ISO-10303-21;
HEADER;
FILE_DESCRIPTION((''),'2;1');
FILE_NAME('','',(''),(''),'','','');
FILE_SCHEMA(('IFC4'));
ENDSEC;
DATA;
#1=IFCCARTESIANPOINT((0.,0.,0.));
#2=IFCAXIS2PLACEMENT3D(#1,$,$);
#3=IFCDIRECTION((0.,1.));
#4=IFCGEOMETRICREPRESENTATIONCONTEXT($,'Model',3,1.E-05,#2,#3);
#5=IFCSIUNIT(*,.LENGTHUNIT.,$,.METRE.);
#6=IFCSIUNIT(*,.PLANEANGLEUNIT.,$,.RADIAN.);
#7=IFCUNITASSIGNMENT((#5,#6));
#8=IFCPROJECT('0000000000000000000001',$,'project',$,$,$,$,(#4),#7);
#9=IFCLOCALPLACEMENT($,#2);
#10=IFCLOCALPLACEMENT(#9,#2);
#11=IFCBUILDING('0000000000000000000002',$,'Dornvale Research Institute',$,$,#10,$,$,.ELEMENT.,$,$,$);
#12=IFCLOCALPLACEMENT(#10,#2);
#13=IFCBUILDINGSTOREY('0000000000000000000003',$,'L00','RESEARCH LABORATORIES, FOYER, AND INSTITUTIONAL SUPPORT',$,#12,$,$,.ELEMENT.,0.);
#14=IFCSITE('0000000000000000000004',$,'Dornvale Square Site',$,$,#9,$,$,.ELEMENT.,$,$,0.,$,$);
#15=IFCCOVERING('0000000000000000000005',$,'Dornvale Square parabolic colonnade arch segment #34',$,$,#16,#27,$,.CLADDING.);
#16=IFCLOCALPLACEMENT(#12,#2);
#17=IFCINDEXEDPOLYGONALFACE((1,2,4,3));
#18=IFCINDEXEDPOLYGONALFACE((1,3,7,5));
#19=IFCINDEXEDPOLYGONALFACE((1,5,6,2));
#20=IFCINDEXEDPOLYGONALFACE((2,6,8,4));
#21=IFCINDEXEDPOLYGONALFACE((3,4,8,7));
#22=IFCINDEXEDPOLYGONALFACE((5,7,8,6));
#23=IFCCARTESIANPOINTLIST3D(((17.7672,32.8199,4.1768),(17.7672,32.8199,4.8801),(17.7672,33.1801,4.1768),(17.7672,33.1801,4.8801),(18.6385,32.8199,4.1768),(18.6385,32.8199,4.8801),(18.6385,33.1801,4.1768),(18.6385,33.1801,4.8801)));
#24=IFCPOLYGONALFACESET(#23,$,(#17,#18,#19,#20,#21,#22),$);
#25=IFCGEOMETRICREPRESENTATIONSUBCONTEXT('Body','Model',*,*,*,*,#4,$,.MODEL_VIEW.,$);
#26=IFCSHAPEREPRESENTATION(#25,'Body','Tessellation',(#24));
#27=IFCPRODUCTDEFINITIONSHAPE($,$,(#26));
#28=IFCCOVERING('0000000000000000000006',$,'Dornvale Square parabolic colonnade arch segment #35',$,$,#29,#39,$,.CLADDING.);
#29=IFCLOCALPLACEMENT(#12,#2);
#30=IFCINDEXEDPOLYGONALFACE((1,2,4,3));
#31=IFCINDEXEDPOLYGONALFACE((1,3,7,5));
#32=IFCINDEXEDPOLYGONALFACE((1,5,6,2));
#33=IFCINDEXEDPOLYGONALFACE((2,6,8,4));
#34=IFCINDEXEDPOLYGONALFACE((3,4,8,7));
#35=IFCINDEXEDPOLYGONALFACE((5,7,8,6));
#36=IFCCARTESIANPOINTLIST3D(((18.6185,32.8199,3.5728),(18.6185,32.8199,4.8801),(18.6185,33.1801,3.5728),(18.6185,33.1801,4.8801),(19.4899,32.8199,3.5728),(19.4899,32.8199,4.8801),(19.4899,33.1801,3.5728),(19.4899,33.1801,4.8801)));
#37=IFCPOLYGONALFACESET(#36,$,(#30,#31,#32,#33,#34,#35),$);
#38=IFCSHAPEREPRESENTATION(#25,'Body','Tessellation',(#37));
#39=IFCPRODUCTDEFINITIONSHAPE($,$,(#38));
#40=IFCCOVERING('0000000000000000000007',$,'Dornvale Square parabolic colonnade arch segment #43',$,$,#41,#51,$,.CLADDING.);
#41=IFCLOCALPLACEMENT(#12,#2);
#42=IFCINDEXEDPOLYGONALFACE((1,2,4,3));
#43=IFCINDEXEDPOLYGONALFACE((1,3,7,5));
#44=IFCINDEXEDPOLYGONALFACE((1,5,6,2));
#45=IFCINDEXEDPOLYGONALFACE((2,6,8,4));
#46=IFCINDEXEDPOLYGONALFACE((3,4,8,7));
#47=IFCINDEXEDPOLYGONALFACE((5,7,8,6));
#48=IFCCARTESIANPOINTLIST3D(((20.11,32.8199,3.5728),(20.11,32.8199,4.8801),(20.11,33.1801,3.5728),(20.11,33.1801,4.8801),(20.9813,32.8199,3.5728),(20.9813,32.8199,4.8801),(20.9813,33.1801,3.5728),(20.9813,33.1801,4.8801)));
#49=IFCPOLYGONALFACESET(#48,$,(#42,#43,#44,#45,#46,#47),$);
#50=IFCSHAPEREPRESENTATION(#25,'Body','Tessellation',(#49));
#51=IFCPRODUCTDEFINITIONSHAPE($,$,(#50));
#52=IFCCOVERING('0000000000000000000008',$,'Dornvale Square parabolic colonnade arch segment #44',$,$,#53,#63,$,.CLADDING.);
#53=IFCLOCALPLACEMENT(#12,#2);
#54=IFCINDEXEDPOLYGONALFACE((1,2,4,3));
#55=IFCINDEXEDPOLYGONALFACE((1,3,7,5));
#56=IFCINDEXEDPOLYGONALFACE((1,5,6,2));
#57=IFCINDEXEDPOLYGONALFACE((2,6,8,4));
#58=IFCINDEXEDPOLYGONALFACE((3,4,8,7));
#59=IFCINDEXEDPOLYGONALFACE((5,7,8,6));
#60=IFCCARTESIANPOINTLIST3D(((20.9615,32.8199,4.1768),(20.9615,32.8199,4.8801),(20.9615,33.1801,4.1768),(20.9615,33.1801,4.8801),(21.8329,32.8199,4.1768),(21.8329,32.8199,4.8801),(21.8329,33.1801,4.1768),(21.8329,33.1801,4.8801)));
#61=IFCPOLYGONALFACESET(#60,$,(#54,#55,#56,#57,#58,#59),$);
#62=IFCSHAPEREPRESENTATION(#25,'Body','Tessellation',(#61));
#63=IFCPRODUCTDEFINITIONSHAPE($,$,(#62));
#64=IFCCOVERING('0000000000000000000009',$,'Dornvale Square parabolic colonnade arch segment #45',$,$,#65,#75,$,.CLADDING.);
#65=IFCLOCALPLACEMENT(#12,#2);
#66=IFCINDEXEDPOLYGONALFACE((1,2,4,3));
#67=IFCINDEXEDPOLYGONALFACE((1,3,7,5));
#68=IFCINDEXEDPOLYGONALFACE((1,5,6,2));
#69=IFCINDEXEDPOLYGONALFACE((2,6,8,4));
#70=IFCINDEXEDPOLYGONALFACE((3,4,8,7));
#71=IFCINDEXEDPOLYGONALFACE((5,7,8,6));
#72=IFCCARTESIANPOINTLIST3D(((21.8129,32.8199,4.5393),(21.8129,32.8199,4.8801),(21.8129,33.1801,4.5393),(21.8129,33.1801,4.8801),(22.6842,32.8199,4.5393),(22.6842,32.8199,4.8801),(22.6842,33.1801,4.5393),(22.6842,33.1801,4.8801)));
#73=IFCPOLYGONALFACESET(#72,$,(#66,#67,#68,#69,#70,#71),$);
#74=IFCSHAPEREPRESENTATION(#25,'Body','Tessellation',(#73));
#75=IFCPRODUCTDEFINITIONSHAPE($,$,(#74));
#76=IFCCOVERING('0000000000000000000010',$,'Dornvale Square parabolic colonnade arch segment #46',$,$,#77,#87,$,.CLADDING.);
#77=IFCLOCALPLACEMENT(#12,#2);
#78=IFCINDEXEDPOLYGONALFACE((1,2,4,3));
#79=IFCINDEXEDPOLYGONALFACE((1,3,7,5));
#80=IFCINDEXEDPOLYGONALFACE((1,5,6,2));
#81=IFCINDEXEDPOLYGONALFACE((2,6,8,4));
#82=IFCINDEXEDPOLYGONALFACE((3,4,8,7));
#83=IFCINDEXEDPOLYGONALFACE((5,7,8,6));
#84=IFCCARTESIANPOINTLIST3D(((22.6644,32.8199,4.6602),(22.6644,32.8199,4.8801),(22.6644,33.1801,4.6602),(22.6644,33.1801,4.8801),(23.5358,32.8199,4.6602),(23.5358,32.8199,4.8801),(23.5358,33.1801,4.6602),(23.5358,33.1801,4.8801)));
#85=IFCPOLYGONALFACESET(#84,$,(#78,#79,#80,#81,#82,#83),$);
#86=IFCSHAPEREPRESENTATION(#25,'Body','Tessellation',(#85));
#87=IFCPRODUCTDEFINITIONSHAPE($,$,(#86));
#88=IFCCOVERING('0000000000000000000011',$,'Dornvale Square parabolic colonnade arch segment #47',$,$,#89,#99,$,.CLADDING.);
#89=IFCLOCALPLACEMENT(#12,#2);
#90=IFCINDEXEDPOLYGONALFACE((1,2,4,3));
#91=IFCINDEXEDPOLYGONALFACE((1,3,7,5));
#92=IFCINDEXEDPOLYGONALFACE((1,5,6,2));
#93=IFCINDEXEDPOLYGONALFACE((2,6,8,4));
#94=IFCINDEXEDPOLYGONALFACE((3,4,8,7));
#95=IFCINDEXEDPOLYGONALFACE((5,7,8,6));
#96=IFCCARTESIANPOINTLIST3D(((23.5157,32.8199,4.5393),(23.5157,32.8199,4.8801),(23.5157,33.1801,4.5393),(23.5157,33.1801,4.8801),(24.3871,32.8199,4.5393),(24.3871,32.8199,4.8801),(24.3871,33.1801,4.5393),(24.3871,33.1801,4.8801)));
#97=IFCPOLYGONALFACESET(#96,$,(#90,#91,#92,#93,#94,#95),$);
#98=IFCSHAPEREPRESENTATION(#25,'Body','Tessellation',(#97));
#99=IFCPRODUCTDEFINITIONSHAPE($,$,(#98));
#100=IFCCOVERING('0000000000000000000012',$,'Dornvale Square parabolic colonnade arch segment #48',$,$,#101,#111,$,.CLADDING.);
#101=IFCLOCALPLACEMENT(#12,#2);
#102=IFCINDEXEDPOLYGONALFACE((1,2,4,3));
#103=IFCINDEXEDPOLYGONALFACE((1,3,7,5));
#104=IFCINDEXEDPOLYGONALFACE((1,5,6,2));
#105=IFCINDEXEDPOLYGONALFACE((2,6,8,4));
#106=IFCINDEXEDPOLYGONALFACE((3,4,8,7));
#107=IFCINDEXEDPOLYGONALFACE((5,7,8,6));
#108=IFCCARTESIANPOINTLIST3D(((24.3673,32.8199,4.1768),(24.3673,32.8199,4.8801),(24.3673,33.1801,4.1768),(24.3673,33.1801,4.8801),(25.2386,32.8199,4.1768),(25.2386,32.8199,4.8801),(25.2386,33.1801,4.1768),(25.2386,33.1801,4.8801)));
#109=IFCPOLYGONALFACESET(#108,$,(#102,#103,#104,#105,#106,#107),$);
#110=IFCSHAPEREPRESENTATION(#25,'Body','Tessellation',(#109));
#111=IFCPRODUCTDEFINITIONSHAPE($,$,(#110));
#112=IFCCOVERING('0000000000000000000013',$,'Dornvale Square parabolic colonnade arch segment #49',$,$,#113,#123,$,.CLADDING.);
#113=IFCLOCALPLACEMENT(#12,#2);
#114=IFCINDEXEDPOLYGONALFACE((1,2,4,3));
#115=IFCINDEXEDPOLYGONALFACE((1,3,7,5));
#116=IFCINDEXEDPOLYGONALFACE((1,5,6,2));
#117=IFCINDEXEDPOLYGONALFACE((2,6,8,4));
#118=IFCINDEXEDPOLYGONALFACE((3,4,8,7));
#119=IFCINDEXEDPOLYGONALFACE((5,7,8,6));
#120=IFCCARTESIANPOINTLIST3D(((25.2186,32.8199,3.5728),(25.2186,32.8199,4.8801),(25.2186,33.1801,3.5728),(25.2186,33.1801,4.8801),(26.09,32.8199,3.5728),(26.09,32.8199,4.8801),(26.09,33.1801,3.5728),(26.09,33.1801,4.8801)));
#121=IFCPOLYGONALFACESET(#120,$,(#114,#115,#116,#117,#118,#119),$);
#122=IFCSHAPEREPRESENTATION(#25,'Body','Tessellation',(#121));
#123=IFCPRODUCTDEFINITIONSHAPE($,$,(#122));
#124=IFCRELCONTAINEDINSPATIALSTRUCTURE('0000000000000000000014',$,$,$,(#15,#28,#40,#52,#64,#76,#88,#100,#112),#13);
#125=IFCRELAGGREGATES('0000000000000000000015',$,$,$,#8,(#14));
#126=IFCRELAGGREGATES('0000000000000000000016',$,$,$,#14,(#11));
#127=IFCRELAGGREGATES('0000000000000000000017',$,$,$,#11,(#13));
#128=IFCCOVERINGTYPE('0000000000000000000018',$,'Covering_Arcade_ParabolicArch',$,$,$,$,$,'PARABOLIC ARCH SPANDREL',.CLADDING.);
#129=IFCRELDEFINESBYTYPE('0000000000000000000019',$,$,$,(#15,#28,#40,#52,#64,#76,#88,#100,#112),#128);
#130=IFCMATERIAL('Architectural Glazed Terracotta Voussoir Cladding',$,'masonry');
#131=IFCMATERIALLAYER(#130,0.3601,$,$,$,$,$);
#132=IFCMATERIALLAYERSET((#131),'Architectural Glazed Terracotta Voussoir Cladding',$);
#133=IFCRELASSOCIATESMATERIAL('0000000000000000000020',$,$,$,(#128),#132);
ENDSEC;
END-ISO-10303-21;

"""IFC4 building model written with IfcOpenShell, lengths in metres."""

from ifc_helpers import new_model, si_unit, direction, frame, origin, origin_2d, place, context, subcontext, project, spatial, rectangle, extrude, material, layer, layer_set, type_object, element, save


model = new_model("IFC4")

# Units and contexts
model_context = context("Model", 3, precision=1e-05, world=origin(), true_north=direction((0.0, 1.0)))
body_context = subcontext(model_context, "Body", "Model", "MODEL_VIEW")
ifc_project = project(units=[si_unit("LENGTHUNIT", "METRE"), si_unit("PLANEANGLEUNIT", "RADIAN")], contexts=[model_context])

# Site, building, storey
site_placement = place(None, origin())
site = spatial("IfcSite", under=ifc_project, at=site_placement, Name="Dornvale Square Site", CompositionType="ELEMENT", RefElevation=0.0)
building_placement = place(site_placement, origin())
building = spatial("IfcBuilding", under=site, at=building_placement, Name="Dornvale Research Institute", CompositionType="ELEMENT")
storey_placement = place(building_placement, origin())
storey = spatial("IfcBuildingStorey", under=building, at=storey_placement, Name="L00", Description="RESEARCH LABORATORIES, FOYER, AND INSTITUTIONAL SUPPORT", CompositionType="ELEMENT", Elevation=0.0)

# Coverings
ifc_material_1 = material(Name="Architectural Glazed Terracotta Voussoir Cladding", Category="masonry")
ifc_layer = layer(ifc_material_1, 0.3601)
ifc_layer_set = layer_set([ifc_layer], Name="Architectural Glazed Terracotta Voussoir Cladding")
covering_type = type_object("IfcCoveringType", Name="Covering_Arcade_ParabolicArch", ElementType="PARABOLIC ARCH SPANDREL", PredefinedType="CLADDING", material=ifc_layer_set)
covering_1_placement = place(storey_placement, frame((18.2029, 33.0, 4.1768), z_axis=(0.0, 0.0, 1.0), x_axis=(1.0, 0.0, 0.0)))
element("IfcCovering", 1, at=covering_1_placement, inside=storey, type_object=covering_type, Name="Dornvale Square parabolic colonnade arch segment #34", PredefinedType="CLADDING", context=body_context, shape_type="SweptSolid", body=[
    extrude(rectangle(XDim=0.8713, YDim=0.3601, at=origin_2d()), origin(), (0.0, 0.0, 1.0), 0.7034),
])
for number, where, z_axis, x_axis, name in (
    (2, (19.0542, 33.0, 3.5728), (0.0, 0.0, 1.0), (1.0, 0.0, 0.0), "Dornvale Square parabolic colonnade arch segment #35"),
    (3, (20.5457, 33.0, 3.5728), (0.0, 0.0, 1.0), (1.0, 0.0, 0.0), "Dornvale Square parabolic colonnade arch segment #43"),
):
    element("IfcCovering", number, at=place(storey_placement, frame(where, z_axis=z_axis, x_axis=x_axis)), inside=storey, type_object=covering_type, Name=name, PredefinedType="CLADDING", context=body_context, shape_type="SweptSolid", body=[
        extrude(rectangle(XDim=0.8713, YDim=0.3601, at=origin_2d()), origin(), (0.0, 0.0, 1.0), 1.3074),
    ])
covering_2_placement = place(storey_placement, frame((21.3972, 33.0, 4.1768), z_axis=(0.0, 0.0, 1.0), x_axis=(1.0, 0.0, 0.0)))
element("IfcCovering", 4, at=covering_2_placement, inside=storey, type_object=covering_type, Name="Dornvale Square parabolic colonnade arch segment #44", PredefinedType="CLADDING", context=body_context, shape_type="SweptSolid", body=[
    extrude(rectangle(XDim=0.8713, YDim=0.3601, at=origin_2d()), origin(), (0.0, 0.0, 1.0), 0.7034),
])
covering_3_placement = place(storey_placement, frame((22.2485, 33.0, 4.5393), z_axis=(0.0, 0.0, 1.0), x_axis=(1.0, 0.0, 0.0)))
element("IfcCovering", 5, at=covering_3_placement, inside=storey, type_object=covering_type, Name="Dornvale Square parabolic colonnade arch segment #45", PredefinedType="CLADDING", context=body_context, shape_type="SweptSolid", body=[
    extrude(rectangle(XDim=0.8713, YDim=0.3601, at=origin_2d()), origin(), (0.0, 0.0, 1.0), 0.3408),
])
covering_4_placement = place(storey_placement, frame((23.1001, 33.0, 4.6602), z_axis=(0.0, 0.0, 1.0), x_axis=(1.0, 0.0, 0.0)))
element("IfcCovering", 6, at=covering_4_placement, inside=storey, type_object=covering_type, Name="Dornvale Square parabolic colonnade arch segment #46", PredefinedType="CLADDING", context=body_context, shape_type="SweptSolid", body=[
    extrude(rectangle(XDim=0.8713, YDim=0.3601, at=origin_2d()), origin(), (0.0, 0.0, 1.0), 0.22),
])
covering_5_placement = place(storey_placement, frame((23.9514, 33.0, 4.5393), z_axis=(0.0, 0.0, 1.0), x_axis=(1.0, 0.0, 0.0)))
element("IfcCovering", 7, at=covering_5_placement, inside=storey, type_object=covering_type, Name="Dornvale Square parabolic colonnade arch segment #47", PredefinedType="CLADDING", context=body_context, shape_type="SweptSolid", body=[
    extrude(rectangle(XDim=0.8713, YDim=0.3601, at=origin_2d()), origin(), (0.0, 0.0, 1.0), 0.3408),
])
covering_6_placement = place(storey_placement, frame((24.803, 33.0, 4.1768), z_axis=(0.0, 0.0, 1.0), x_axis=(1.0, 0.0, 0.0)))
element("IfcCovering", 8, at=covering_6_placement, inside=storey, type_object=covering_type, Name="Dornvale Square parabolic colonnade arch segment #48", PredefinedType="CLADDING", context=body_context, shape_type="SweptSolid", body=[
    extrude(rectangle(XDim=0.8713, YDim=0.3601, at=origin_2d()), origin(), (0.0, 0.0, 1.0), 0.7034),
])
covering_7_placement = place(storey_placement, frame((25.6543, 33.0, 3.5728), z_axis=(0.0, 0.0, 1.0), x_axis=(1.0, 0.0, 0.0)))
element("IfcCovering", 9, at=covering_7_placement, inside=storey, type_object=covering_type, Name="Dornvale Square parabolic colonnade arch segment #49", PredefinedType="CLADDING", context=body_context, shape_type="SweptSolid", body=[
    extrude(rectangle(XDim=0.8713, YDim=0.3601, at=origin_2d()), origin(), (0.0, 0.0, 1.0), 1.3074),
])

save(model, "model.ifc")
